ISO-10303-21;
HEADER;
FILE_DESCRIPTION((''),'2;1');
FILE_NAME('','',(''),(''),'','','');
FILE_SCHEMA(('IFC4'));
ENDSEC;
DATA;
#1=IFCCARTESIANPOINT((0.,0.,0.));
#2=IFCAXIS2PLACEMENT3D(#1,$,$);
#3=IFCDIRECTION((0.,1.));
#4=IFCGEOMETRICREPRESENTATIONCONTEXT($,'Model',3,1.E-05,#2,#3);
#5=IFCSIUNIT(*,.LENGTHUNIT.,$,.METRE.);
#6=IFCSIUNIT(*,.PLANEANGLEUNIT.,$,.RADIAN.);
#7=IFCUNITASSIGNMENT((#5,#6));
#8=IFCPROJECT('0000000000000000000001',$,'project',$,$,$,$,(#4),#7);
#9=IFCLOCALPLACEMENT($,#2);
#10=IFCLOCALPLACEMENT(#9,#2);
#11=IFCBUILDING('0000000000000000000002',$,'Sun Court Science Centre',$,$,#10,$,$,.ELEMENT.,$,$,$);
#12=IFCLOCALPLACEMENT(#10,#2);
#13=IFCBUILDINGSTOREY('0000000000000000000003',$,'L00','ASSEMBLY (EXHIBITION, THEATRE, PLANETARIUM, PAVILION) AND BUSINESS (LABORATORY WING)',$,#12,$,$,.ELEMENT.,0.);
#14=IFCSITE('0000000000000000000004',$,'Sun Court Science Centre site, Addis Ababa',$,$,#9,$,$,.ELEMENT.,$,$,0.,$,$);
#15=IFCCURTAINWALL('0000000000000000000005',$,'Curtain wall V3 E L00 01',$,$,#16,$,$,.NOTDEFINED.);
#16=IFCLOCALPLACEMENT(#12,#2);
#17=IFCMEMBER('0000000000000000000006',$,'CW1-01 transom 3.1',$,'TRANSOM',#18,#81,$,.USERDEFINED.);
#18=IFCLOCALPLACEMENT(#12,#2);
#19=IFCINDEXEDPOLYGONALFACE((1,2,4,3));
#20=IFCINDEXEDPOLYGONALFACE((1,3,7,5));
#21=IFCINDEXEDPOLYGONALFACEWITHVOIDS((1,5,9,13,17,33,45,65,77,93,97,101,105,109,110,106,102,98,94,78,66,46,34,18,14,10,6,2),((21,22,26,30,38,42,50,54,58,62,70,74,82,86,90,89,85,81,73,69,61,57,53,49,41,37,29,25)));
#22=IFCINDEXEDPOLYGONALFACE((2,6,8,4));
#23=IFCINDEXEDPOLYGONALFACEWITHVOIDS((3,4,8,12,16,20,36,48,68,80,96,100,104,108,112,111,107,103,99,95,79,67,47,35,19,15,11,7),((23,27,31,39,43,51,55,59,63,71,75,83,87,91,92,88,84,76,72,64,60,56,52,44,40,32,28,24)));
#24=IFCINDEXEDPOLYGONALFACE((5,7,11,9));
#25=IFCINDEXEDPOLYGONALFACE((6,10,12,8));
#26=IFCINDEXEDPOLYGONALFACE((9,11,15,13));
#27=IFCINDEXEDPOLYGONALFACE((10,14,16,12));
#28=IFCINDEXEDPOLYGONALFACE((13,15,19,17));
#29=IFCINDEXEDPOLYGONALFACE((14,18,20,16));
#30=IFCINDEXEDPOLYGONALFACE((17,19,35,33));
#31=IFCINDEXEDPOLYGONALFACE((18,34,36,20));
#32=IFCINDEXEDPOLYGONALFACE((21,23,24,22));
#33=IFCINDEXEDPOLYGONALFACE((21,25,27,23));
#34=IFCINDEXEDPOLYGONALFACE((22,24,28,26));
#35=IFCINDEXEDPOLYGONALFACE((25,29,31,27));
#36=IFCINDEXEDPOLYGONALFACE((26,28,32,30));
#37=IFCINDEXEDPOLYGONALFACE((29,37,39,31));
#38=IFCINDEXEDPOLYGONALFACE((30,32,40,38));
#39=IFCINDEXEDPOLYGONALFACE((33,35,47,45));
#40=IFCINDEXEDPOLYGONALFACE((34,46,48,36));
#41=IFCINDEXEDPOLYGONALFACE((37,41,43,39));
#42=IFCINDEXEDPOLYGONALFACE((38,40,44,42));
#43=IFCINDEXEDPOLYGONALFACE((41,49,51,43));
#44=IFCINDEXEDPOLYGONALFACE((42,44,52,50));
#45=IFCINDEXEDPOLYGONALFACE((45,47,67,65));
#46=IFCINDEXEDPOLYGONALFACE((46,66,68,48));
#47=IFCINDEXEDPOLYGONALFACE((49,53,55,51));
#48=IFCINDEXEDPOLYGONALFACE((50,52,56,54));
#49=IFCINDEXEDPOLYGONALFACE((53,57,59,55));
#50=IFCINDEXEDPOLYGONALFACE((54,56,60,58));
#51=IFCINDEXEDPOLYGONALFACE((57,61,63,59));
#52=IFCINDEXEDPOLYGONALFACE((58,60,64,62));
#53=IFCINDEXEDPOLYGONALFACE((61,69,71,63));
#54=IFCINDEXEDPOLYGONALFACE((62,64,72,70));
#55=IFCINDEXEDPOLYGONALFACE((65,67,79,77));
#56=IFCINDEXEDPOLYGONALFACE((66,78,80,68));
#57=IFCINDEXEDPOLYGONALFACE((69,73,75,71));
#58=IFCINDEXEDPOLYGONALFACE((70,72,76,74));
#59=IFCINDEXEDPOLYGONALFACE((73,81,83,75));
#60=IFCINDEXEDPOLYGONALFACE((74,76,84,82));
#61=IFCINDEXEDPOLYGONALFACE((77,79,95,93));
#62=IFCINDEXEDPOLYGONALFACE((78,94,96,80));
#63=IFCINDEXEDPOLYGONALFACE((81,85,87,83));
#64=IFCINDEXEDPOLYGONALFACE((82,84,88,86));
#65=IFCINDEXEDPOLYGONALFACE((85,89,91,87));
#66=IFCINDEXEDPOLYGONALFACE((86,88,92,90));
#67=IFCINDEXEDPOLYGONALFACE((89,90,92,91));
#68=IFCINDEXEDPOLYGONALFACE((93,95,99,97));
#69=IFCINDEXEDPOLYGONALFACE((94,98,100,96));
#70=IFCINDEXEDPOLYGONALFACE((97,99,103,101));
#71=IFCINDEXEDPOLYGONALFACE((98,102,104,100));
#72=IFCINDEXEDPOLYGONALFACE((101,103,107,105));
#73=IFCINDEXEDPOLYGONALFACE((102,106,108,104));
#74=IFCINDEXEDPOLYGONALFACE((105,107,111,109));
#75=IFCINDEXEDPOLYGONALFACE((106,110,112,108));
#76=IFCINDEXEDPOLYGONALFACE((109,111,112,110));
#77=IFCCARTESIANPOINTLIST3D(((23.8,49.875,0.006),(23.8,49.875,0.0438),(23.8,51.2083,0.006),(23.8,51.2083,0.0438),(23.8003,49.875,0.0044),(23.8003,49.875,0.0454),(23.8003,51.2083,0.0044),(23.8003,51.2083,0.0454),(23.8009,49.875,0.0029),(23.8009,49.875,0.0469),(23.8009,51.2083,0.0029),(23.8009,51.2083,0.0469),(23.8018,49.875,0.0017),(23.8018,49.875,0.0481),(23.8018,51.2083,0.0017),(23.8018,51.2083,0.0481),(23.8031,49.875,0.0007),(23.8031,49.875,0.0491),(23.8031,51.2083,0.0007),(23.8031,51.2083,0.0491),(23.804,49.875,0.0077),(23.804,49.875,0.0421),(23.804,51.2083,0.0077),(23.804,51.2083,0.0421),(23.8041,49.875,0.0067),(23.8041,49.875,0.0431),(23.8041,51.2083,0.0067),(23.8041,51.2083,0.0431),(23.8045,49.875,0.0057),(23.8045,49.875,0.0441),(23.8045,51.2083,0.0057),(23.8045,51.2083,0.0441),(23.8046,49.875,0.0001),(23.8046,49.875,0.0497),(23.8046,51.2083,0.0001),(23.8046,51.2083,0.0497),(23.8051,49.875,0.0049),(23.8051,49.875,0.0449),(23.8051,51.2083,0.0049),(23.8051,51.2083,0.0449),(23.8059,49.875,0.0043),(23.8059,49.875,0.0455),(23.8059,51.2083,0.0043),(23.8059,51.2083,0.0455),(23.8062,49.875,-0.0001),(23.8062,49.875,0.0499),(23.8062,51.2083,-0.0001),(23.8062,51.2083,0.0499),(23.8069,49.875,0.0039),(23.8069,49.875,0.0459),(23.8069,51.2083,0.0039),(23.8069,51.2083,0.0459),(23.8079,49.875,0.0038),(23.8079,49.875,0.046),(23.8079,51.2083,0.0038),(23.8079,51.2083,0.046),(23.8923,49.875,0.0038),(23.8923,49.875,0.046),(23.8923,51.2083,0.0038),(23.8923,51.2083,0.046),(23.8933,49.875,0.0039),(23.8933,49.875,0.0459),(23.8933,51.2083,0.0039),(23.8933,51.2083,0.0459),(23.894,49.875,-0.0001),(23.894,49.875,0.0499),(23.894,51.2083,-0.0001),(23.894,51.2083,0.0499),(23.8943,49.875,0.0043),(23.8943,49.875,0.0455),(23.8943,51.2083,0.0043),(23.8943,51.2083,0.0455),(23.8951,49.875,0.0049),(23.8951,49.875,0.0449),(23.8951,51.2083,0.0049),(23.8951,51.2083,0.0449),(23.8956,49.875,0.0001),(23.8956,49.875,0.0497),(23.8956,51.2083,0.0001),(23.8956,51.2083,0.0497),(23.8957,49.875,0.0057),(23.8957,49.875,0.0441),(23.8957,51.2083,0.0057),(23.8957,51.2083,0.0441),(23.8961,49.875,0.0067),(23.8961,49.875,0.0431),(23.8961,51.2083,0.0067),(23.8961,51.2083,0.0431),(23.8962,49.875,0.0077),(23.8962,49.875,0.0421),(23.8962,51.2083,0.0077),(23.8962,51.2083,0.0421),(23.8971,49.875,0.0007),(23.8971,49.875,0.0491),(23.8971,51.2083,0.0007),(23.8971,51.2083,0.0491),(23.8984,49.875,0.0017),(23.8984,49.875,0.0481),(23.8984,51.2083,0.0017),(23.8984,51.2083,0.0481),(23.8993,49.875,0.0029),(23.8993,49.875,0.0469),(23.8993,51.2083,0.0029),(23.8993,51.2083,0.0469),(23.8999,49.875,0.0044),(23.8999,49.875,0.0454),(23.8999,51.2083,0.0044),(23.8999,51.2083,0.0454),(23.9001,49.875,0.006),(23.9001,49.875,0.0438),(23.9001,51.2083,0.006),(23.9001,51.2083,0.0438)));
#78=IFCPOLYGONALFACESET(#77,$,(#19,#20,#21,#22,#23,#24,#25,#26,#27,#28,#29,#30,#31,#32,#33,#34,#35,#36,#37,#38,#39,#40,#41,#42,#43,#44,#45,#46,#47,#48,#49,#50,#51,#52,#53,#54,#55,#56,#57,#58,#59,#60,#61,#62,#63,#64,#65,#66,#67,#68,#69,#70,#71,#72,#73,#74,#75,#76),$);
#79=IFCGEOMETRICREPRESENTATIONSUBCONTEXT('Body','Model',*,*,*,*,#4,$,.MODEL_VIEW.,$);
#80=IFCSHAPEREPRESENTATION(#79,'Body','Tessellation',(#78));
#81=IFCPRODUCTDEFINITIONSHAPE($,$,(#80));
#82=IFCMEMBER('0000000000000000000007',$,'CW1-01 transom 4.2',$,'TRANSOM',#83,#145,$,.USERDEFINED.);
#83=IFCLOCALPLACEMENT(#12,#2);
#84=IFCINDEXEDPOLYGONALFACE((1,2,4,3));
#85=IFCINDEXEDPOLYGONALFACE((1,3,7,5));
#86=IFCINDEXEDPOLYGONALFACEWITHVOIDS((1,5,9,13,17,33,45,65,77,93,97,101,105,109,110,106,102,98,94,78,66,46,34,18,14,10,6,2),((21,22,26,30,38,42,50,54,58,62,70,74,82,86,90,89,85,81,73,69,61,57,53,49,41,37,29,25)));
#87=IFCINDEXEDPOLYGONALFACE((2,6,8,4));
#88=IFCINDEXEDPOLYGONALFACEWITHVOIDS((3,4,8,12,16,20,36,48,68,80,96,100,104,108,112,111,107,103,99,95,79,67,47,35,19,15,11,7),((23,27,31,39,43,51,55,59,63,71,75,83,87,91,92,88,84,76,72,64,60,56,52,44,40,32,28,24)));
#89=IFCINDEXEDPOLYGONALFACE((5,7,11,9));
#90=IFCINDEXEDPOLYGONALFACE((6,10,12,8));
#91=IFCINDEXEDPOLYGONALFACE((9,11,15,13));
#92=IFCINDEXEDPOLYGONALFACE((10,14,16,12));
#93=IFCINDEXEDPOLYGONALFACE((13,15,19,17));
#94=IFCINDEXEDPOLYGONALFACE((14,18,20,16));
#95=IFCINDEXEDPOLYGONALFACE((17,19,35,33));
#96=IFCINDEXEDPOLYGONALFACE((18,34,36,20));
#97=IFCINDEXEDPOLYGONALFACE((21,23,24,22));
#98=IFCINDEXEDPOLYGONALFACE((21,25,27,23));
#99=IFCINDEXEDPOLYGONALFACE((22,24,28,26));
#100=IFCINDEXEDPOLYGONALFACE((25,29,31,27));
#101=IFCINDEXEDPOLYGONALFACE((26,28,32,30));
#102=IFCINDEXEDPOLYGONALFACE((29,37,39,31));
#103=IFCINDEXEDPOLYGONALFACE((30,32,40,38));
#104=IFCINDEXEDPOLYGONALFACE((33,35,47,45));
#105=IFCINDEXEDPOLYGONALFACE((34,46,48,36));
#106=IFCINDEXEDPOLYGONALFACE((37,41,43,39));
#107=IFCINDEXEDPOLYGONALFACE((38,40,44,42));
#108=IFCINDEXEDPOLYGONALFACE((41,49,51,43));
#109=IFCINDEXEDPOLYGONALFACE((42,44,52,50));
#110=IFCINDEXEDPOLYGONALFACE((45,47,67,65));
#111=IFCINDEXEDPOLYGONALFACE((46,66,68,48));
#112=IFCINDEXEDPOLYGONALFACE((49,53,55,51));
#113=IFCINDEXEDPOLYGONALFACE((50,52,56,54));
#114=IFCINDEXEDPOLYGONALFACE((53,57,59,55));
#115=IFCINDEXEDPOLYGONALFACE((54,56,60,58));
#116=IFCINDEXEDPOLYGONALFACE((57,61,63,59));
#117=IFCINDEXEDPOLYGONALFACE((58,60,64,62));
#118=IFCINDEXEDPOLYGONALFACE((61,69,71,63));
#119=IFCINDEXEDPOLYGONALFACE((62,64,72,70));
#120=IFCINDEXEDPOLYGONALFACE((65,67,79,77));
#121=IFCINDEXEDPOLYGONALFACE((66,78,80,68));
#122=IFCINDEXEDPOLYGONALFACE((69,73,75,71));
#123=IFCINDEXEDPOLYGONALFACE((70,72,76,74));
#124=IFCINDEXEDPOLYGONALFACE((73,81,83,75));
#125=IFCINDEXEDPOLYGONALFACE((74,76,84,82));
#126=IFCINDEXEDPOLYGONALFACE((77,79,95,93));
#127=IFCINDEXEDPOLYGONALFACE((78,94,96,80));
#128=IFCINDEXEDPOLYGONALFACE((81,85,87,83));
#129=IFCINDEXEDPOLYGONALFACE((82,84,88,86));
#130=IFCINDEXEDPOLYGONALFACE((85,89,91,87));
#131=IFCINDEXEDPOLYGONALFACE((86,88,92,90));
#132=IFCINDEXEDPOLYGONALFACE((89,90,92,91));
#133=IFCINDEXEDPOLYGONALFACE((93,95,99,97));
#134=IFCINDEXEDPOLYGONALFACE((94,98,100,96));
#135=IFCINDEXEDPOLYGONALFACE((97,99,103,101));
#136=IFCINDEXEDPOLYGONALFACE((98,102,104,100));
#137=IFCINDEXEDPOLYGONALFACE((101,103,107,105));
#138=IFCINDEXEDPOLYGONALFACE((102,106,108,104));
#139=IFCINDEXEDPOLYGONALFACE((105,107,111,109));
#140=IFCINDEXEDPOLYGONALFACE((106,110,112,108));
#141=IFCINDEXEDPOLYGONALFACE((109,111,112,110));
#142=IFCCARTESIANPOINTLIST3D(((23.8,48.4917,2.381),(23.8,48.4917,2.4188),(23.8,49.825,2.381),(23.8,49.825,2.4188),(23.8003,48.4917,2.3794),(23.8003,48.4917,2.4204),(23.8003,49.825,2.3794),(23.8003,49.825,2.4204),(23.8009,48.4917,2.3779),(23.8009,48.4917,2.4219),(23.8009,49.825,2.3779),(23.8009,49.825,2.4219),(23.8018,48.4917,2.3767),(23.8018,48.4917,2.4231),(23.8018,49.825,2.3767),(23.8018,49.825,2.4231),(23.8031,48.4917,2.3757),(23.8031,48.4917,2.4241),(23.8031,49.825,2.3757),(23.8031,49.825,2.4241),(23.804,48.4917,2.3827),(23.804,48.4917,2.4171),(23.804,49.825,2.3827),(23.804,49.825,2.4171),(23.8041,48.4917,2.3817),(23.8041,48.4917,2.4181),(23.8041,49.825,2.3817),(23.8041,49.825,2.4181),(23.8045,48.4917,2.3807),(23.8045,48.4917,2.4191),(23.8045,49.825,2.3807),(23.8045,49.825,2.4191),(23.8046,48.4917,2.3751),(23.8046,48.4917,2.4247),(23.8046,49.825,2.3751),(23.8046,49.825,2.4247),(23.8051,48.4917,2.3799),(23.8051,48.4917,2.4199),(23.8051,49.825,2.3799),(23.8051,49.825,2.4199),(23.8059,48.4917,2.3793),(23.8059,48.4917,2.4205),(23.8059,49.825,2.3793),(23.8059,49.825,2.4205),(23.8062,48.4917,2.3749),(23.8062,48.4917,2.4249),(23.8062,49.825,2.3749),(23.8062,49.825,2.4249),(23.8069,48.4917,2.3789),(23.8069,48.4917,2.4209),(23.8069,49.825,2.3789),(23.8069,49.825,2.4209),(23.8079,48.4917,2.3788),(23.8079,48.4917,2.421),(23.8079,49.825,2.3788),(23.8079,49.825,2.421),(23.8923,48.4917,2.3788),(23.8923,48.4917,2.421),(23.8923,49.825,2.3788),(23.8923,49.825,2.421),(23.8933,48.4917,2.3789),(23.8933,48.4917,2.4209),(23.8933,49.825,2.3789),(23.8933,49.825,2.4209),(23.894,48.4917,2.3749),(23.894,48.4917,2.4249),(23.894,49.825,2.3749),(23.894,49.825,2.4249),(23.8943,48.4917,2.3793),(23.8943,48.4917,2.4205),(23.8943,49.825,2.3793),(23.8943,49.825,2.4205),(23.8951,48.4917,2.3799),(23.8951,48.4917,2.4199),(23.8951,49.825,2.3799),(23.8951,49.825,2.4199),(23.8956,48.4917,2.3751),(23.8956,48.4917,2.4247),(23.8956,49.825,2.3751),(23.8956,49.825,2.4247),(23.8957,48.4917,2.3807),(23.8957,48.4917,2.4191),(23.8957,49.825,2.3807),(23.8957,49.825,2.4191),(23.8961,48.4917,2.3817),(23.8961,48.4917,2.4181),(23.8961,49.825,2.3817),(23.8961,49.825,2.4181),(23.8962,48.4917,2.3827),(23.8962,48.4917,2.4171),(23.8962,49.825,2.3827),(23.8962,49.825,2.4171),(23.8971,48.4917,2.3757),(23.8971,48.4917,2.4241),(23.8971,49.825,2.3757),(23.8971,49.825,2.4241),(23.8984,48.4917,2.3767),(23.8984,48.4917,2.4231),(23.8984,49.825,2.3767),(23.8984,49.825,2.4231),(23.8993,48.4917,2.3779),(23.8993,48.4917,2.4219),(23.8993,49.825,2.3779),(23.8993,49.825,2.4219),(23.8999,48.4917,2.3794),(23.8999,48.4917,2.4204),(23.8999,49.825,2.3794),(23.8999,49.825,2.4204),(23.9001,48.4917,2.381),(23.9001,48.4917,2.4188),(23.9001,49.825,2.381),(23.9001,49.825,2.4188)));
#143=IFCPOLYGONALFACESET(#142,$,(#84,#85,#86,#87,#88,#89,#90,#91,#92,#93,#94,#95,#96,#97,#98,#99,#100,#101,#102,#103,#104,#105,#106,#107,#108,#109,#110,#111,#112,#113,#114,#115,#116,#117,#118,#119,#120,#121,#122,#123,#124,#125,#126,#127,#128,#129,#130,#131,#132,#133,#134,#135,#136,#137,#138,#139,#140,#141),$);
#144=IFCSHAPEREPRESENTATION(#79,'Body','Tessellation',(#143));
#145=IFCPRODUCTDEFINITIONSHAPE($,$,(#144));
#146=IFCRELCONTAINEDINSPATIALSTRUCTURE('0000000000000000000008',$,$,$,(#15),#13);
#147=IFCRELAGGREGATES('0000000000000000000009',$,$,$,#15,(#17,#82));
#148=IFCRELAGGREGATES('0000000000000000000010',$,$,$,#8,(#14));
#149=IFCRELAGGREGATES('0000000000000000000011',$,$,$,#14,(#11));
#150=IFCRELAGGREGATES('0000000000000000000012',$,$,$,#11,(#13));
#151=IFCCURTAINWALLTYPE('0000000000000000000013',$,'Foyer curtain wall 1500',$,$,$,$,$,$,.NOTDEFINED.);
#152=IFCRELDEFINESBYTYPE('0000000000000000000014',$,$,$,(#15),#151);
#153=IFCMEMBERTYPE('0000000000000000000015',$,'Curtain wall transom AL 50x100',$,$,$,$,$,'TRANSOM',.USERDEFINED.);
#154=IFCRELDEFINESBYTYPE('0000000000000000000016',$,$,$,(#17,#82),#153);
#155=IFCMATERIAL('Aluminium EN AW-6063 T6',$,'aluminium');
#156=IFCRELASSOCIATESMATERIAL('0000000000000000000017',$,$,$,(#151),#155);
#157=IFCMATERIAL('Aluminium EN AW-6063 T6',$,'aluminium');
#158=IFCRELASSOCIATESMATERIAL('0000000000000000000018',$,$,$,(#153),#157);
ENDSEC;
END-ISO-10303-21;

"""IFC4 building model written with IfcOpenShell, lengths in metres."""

from ifc_helpers import new_model, si_unit, direction, frame, origin, origin_2d, place, context, subcontext, project, spatial, hollow_rectangle, extrude, material, material_profile, profile_set, type_object, element, aggregate, save


model = new_model("IFC4")

# Units and contexts
model_context = context("Model", 3, precision=1e-05, world=origin(), true_north=direction((0.0, 1.0)))
body_context = subcontext(model_context, "Body", "Model", "MODEL_VIEW")
ifc_project = project(units=[si_unit("LENGTHUNIT", "METRE"), si_unit("PLANEANGLEUNIT", "RADIAN")], contexts=[model_context])

# Site, building, storey
site_placement = place(None, origin())
site = spatial("IfcSite", under=ifc_project, at=site_placement, Name="Sun Court Science Centre site, Addis Ababa", CompositionType="ELEMENT", RefElevation=0.0)
building_placement = place(site_placement, origin())
building = spatial("IfcBuilding", under=site, at=building_placement, Name="Sun Court Science Centre", CompositionType="ELEMENT")
storey_placement = place(building_placement, origin())
storey = spatial("IfcBuildingStorey", under=building, at=storey_placement, Name="L00", Description="ASSEMBLY (EXHIBITION, THEATRE, PLANETARIUM, PAVILION) AND BUSINESS (LABORATORY WING)", CompositionType="ELEMENT", Elevation=0.0)

# Curtain wall, members
ifc_material_1 = material(Name="Aluminium EN AW-6063 T6", Category="aluminium")
curtain_wall_type = type_object("IfcCurtainWallType", Name="Foyer curtain wall 1500", PredefinedType="NOTDEFINED", material=ifc_material_1)
curtain_wall_placement = place(storey_placement, origin())
curtain_wall = element("IfcCurtainWall", 1, at=curtain_wall_placement, inside=storey, type_object=curtain_wall_type, Name="Curtain wall V3 E L00 01", PredefinedType="NOTDEFINED")
ifc_material_2 = material(Name="Aluminium EN AW-6063 T6", Category="aluminium")
ifc_material_profile_1 = material_profile(ifc_material_2, hollow_rectangle(XDim=0.05, YDim=0.1001, WallThickness=0.0039, InnerFilletRadius=0.0039, OuterFilletRadius=0.0061, at=origin_2d()), Name="AL 50x100x4")
ifc_profile_set_1 = profile_set([ifc_material_profile_1], Name="Aluminium EN AW-6063 T6")
member_type_1 = type_object("IfcMemberType", Name="Curtain wall transom AL 50x100", ElementType="TRANSOM", PredefinedType="USERDEFINED", material=ifc_profile_set_1)
member_1_placement = place(storey_placement, frame((23.8501, 51.2083, 0.0249), z_axis=(0.0, -1.0, 0.0), x_axis=(0.0, 0.0, 1.0)))
member_1 = element("IfcMember", 2, at=member_1_placement, type_object=member_type_1, Name="CW1-01 transom 3.1", ObjectType="TRANSOM", PredefinedType="USERDEFINED", context=body_context, shape_type="SweptSolid", body=[
    extrude(hollow_rectangle(XDim=0.05, YDim=0.1001, WallThickness=0.0039, InnerFilletRadius=0.0039, OuterFilletRadius=0.0061, at=origin_2d()), origin(), (0.0, 0.0, 1.0), 1.3333),
])
member_2_placement = place(storey_placement, frame((23.8501, 49.825, 2.3999), z_axis=(0.0, -1.0, 0.0), x_axis=(0.0, 0.0, 1.0)))
member_2 = element("IfcMember", 3, at=member_2_placement, type_object=member_type_1, Name="CW1-01 transom 4.2", ObjectType="TRANSOM", PredefinedType="USERDEFINED", context=body_context, shape_type="SweptSolid", body=[
    extrude(hollow_rectangle(XDim=0.05, YDim=0.1001, WallThickness=0.0039, InnerFilletRadius=0.0039, OuterFilletRadius=0.0061, at=origin_2d()), origin(), (0.0, 0.0, 1.0), 1.3333),
])

aggregate(curtain_wall, [member_1, member_2])

save(model, "model.ifc")
